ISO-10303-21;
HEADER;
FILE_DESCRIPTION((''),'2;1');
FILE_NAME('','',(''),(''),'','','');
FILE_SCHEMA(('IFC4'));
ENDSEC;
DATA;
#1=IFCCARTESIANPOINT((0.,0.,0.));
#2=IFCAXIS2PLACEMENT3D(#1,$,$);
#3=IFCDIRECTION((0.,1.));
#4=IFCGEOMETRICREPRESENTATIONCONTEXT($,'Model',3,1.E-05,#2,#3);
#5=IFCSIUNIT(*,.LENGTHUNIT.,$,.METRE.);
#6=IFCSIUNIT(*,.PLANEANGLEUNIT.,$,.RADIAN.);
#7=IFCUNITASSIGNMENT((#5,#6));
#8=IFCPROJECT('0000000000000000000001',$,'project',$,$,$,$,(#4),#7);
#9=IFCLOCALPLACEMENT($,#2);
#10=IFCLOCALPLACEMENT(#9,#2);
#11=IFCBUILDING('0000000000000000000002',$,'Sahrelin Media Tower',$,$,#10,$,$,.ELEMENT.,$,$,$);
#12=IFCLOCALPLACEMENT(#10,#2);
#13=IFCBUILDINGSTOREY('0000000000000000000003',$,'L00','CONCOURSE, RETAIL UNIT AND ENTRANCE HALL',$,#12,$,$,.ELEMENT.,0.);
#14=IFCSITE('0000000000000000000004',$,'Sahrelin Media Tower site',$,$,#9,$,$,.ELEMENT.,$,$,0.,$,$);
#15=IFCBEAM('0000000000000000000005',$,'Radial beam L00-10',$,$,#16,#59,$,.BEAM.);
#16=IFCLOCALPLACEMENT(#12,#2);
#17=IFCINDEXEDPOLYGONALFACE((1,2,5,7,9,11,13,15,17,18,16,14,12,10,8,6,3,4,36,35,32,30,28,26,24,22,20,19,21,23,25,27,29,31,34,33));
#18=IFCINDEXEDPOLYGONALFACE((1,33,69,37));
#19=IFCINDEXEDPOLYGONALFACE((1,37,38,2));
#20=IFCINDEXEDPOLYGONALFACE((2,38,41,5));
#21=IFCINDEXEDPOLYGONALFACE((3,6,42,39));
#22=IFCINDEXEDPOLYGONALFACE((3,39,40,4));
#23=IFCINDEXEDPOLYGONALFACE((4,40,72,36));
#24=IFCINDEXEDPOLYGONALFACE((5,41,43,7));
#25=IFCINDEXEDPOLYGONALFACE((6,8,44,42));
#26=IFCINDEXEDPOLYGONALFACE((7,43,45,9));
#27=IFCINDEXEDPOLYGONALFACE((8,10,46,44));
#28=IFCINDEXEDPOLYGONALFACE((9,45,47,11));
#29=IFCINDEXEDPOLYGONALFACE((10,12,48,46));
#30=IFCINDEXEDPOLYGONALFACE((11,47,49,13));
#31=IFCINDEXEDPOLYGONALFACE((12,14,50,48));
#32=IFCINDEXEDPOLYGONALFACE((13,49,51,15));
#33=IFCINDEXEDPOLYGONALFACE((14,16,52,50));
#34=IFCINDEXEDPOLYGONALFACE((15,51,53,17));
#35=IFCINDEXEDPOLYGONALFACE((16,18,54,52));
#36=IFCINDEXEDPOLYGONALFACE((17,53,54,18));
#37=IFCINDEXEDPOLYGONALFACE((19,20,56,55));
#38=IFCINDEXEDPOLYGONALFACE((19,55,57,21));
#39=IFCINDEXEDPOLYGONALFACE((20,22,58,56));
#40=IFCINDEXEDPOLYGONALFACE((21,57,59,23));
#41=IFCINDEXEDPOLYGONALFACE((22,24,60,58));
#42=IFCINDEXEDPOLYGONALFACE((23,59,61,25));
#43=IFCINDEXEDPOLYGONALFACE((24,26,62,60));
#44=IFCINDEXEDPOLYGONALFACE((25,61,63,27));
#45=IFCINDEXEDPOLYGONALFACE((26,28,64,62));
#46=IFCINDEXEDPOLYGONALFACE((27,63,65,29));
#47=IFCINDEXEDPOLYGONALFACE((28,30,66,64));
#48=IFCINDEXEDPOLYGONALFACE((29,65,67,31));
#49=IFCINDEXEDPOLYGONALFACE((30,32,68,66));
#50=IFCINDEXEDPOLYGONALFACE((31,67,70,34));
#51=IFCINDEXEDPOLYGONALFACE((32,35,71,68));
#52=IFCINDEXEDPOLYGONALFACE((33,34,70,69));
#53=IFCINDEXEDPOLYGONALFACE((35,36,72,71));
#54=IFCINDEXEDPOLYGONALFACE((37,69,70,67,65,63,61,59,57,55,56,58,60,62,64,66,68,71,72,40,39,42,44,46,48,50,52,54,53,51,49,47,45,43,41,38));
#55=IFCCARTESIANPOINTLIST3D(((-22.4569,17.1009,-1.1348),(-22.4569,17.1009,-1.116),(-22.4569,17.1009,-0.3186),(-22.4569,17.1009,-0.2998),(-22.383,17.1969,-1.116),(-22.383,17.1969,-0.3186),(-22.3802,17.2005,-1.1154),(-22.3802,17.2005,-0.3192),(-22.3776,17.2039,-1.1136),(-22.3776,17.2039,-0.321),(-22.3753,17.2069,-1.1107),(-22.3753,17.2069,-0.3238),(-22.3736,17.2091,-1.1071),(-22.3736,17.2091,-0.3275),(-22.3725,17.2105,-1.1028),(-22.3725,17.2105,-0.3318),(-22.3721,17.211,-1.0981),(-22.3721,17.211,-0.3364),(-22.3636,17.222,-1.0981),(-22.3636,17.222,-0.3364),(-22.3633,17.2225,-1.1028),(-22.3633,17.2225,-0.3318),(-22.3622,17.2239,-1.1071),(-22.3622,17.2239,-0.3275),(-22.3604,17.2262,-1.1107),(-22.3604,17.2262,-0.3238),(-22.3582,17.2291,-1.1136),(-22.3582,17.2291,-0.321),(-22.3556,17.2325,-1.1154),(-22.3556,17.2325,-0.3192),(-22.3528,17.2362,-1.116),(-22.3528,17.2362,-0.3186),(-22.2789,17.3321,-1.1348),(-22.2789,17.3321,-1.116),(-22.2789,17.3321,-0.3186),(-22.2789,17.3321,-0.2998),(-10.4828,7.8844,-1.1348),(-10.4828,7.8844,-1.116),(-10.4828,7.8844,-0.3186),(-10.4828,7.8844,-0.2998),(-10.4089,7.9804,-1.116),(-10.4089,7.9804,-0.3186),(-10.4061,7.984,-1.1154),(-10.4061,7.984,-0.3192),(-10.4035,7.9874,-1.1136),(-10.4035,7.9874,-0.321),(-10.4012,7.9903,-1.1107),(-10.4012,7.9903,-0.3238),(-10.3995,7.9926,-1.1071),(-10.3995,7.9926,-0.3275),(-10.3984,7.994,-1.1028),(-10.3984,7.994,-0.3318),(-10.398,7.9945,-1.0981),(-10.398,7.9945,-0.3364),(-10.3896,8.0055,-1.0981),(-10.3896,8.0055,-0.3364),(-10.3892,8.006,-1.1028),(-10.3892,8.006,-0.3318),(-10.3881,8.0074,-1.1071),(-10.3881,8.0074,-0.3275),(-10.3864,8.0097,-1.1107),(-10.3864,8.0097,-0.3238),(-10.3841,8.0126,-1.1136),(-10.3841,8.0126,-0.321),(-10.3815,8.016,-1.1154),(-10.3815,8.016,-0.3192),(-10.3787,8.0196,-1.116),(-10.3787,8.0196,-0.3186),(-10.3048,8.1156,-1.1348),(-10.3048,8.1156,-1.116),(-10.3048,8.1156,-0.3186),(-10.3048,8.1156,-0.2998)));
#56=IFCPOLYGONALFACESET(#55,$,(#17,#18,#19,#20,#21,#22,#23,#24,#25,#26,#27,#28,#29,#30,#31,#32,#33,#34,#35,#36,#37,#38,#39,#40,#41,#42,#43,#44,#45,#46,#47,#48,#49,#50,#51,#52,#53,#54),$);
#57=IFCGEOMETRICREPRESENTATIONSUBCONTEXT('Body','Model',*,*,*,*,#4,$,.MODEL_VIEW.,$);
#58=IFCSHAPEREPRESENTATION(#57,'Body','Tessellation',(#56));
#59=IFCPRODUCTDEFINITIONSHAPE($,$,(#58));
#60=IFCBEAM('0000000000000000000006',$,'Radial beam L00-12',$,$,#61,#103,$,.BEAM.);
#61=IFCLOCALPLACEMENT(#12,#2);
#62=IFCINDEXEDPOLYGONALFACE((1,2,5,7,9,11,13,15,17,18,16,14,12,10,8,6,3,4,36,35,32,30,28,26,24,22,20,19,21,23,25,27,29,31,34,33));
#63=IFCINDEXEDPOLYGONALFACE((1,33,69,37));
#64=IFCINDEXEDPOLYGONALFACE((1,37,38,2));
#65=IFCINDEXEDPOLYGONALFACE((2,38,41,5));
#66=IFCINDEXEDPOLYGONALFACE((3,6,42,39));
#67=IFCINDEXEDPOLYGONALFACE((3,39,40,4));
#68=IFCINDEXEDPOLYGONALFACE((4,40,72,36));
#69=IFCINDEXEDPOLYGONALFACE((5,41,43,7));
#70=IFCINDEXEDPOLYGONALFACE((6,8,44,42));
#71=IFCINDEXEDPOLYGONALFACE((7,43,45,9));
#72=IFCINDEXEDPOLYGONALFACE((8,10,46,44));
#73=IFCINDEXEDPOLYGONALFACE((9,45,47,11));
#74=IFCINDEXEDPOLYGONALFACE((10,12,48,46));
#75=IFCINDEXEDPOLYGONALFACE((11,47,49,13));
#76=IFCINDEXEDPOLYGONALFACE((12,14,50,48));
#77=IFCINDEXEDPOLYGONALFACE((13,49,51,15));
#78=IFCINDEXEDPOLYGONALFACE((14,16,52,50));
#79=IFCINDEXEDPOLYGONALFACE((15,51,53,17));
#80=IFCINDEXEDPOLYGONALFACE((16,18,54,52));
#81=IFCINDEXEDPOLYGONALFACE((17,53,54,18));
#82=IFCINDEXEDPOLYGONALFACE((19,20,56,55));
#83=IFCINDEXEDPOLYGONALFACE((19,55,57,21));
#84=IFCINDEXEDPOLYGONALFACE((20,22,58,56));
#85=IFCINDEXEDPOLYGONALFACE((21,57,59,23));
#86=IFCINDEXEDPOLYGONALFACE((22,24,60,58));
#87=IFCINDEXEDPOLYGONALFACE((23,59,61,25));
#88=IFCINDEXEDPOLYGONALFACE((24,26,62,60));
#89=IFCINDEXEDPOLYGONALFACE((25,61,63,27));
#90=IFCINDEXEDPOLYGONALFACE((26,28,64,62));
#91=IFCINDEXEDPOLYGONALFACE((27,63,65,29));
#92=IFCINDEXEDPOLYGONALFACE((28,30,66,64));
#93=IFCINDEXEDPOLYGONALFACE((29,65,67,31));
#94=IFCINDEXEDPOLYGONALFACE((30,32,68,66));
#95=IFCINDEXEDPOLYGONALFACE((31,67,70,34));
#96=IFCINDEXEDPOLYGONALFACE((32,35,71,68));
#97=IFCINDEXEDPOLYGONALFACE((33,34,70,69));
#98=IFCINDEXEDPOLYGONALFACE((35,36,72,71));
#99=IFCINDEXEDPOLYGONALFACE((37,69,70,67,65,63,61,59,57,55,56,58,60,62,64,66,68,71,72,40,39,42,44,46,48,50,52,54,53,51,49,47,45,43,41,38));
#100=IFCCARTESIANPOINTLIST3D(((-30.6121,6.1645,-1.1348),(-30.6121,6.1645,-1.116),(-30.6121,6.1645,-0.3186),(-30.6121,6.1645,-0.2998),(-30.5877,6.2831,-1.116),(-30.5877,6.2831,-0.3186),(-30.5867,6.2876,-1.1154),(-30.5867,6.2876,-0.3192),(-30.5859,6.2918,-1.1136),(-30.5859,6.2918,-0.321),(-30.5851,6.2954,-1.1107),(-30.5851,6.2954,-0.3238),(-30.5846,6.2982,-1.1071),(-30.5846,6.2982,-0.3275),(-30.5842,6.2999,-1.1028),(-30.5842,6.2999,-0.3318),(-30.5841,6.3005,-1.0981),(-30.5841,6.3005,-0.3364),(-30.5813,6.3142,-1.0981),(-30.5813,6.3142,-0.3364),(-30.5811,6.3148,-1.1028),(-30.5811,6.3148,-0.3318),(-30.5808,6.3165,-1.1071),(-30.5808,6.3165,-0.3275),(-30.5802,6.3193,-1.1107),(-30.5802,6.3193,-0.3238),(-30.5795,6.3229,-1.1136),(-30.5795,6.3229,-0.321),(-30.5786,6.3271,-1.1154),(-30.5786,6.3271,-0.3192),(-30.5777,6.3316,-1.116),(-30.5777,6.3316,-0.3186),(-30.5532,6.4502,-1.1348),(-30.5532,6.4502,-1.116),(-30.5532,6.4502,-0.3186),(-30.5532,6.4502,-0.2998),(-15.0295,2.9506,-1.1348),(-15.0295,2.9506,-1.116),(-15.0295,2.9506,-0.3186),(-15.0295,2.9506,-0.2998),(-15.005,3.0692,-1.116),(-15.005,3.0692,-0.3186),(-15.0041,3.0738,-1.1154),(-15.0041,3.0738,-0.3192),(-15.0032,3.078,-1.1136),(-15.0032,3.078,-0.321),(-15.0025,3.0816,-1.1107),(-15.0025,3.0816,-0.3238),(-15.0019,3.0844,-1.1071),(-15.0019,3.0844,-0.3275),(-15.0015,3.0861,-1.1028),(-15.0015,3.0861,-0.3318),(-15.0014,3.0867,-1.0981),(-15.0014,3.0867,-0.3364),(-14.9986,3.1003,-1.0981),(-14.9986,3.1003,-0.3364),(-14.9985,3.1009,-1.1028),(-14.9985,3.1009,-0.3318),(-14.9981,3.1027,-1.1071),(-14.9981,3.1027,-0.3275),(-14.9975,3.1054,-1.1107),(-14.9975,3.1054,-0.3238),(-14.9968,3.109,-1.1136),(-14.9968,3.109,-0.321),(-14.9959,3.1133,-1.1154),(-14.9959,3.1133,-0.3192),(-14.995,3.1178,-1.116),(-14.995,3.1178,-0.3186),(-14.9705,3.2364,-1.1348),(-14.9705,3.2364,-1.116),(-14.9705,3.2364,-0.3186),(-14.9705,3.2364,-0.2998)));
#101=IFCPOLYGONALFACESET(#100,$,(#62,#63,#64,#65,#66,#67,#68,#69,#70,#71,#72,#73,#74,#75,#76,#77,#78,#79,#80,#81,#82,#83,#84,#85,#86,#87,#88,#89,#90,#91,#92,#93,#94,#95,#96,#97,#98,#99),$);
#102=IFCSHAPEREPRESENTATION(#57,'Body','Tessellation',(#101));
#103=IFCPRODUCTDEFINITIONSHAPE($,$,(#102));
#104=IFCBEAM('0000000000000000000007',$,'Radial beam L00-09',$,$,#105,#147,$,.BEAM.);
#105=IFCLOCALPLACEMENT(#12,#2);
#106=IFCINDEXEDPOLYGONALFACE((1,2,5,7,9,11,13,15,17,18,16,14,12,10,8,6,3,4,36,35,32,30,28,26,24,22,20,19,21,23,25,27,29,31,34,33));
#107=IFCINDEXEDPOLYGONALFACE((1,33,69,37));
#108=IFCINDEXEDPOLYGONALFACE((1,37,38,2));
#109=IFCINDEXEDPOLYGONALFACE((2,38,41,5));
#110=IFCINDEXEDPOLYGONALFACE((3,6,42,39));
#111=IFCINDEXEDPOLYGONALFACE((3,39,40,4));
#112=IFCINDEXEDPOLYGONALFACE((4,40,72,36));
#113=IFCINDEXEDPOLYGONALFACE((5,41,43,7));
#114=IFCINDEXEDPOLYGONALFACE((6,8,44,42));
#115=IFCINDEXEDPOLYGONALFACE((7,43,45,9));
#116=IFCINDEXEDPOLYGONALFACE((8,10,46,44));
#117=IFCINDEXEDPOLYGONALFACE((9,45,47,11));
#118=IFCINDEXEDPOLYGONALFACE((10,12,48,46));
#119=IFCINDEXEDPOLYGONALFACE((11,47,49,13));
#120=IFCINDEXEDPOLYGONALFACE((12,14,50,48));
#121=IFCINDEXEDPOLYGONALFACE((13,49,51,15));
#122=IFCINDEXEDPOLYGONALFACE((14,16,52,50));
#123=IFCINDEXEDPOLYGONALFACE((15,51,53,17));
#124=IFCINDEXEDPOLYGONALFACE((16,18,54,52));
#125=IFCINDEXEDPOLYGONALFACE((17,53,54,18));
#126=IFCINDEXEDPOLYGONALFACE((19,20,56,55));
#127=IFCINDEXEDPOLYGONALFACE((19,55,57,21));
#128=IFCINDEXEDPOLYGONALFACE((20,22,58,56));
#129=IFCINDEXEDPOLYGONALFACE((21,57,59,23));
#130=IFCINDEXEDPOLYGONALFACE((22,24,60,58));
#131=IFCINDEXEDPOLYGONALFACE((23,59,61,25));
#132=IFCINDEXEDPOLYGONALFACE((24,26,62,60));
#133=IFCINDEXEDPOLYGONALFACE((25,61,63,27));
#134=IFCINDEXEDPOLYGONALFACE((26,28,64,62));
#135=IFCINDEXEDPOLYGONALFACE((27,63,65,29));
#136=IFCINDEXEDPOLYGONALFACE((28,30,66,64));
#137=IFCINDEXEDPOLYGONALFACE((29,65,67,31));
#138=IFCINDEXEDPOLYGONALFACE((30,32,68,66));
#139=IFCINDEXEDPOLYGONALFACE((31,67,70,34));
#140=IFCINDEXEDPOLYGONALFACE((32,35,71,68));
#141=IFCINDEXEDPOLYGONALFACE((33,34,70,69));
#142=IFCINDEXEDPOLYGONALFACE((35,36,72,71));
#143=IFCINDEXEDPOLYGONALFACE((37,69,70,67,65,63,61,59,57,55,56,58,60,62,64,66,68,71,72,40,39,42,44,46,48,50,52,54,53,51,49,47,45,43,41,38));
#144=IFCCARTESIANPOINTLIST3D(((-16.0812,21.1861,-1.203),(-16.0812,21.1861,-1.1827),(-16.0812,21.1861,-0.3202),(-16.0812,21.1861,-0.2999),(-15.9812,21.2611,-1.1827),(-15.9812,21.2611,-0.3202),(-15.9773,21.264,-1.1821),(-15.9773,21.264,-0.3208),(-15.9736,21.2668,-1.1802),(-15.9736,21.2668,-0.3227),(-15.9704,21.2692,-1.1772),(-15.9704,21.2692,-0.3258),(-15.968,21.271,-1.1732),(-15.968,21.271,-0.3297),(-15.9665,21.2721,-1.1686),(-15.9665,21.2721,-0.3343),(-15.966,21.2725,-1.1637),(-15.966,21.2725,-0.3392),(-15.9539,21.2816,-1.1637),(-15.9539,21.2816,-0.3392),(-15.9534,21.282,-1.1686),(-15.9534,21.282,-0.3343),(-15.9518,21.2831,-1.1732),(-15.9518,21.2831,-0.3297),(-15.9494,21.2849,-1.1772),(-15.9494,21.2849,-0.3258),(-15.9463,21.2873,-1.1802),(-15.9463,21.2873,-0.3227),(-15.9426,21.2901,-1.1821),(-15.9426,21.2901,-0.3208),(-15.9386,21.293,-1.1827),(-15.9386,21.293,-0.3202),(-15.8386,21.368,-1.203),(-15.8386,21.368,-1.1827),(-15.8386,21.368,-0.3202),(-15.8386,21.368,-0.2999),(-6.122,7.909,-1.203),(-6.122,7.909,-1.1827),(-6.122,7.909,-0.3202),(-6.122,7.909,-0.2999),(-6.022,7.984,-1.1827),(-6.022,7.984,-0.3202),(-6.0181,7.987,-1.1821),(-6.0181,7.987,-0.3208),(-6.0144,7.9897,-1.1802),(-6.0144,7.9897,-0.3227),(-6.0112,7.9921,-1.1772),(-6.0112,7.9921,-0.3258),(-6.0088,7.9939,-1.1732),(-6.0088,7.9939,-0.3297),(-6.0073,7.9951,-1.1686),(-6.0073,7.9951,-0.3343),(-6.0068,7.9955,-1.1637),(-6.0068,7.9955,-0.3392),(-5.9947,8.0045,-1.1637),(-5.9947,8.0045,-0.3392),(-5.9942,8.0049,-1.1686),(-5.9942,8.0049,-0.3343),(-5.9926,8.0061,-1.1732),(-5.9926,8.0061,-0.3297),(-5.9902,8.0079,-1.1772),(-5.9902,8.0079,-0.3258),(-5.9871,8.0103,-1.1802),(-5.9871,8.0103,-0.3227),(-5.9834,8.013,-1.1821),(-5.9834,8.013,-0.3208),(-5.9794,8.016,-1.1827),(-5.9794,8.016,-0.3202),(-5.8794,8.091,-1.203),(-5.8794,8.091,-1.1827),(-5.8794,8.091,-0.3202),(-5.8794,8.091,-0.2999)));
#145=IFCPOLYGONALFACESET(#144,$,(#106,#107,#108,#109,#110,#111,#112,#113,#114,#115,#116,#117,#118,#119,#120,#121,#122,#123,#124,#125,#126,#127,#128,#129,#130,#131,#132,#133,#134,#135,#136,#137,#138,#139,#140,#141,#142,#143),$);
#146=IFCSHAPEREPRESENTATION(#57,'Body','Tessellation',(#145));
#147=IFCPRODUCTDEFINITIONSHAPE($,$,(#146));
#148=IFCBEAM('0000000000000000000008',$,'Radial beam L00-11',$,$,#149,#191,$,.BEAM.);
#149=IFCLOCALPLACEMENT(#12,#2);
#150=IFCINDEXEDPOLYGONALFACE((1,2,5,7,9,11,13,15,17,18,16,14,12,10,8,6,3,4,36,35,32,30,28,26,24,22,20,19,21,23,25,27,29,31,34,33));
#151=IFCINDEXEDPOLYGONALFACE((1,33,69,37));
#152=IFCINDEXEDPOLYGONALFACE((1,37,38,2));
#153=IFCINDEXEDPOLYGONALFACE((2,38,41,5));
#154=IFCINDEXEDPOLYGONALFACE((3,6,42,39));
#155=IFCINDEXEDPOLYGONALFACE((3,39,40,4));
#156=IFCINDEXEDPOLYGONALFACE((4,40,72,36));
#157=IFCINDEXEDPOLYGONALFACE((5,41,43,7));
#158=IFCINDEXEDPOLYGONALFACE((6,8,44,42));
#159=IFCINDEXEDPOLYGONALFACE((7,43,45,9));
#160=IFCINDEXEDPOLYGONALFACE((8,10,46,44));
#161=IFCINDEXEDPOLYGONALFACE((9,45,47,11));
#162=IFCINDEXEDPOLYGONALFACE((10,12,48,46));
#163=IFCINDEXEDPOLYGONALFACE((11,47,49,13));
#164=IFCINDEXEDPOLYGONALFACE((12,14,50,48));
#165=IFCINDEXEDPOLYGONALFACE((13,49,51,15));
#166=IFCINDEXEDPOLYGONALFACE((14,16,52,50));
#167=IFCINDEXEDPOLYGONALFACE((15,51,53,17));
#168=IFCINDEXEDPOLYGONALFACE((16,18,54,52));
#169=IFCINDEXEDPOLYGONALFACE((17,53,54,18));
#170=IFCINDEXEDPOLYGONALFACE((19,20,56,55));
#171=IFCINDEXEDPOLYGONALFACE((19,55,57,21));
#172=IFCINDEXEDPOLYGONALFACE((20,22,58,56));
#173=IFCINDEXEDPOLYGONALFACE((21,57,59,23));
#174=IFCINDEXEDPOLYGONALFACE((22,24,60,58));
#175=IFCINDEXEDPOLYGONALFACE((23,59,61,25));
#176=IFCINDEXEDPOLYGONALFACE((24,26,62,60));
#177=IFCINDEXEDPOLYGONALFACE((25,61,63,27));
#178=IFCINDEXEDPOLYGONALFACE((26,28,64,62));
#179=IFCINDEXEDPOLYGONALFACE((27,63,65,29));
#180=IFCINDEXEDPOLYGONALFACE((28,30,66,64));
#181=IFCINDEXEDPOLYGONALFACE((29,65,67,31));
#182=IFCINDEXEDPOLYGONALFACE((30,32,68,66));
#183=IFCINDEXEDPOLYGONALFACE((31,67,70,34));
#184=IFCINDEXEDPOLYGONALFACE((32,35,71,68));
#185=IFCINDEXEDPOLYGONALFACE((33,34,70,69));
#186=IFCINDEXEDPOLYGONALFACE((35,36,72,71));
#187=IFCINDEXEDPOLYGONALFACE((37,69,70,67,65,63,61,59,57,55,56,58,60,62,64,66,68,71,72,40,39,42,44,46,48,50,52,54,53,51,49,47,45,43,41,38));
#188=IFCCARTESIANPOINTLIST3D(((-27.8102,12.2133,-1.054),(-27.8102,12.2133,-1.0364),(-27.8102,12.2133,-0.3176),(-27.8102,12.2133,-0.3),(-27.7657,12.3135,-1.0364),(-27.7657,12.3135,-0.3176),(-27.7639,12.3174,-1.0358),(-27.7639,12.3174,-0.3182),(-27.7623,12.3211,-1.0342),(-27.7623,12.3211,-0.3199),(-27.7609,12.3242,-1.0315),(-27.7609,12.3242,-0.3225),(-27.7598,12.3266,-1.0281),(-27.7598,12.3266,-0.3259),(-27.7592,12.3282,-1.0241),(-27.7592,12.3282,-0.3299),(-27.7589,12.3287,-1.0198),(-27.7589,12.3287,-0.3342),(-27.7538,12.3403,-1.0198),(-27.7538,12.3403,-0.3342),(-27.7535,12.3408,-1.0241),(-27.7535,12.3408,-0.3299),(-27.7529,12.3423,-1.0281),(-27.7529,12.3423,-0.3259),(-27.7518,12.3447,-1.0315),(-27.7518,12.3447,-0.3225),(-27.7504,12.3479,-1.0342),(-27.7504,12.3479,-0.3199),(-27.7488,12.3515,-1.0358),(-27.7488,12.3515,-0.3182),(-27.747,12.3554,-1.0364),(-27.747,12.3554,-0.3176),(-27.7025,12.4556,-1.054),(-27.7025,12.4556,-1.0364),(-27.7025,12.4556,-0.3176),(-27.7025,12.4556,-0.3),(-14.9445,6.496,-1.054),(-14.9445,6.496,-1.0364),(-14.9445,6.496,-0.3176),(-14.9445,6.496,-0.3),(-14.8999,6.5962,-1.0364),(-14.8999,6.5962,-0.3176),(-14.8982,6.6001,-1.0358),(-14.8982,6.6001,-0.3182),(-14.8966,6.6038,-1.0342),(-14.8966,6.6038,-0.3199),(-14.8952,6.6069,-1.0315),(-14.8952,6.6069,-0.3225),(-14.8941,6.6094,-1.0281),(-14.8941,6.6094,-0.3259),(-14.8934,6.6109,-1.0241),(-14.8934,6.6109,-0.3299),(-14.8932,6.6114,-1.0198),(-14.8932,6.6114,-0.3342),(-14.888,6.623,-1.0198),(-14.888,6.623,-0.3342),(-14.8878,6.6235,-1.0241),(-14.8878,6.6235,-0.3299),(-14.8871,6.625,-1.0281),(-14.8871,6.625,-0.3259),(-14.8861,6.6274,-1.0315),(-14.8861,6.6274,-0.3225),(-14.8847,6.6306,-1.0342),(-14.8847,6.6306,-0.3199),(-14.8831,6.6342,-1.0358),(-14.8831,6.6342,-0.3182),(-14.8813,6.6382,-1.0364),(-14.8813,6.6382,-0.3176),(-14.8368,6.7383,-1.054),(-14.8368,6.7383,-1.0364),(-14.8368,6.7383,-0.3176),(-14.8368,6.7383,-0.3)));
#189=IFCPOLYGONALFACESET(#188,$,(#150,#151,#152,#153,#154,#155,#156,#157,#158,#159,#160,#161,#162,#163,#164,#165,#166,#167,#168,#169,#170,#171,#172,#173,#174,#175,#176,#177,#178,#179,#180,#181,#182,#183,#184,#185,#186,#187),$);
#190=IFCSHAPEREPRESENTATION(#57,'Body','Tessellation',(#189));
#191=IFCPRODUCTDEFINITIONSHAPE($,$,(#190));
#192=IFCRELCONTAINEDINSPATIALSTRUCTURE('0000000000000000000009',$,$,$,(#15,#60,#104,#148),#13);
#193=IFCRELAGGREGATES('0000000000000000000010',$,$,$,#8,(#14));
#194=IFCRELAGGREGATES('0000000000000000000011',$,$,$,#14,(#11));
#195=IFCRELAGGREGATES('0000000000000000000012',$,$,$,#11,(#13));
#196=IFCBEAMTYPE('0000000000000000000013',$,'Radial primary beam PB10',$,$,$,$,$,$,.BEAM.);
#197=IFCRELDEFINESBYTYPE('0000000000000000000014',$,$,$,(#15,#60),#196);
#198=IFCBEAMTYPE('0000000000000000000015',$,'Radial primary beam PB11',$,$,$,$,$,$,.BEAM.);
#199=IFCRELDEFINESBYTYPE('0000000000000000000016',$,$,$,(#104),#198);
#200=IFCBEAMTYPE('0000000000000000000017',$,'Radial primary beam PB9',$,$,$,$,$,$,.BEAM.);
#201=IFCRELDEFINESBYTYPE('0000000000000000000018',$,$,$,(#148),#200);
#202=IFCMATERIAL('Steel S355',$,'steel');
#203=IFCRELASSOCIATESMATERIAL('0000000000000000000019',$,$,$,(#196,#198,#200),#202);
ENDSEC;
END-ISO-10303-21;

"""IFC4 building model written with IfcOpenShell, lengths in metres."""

from ifc_helpers import new_model, si_unit, direction, frame, origin, origin_2d, place, context, subcontext, project, spatial, i_section, extrude, material, material_profile, profile_set, type_object, element, save


model = new_model("IFC4")

# Units and contexts
model_context = context("Model", 3, precision=1e-05, world=origin(), true_north=direction((0.0, 1.0)))
body_context = subcontext(model_context, "Body", "Model", "MODEL_VIEW")
ifc_project = project(units=[si_unit("LENGTHUNIT", "METRE"), si_unit("PLANEANGLEUNIT", "RADIAN")], contexts=[model_context])

# Site, building, storey
site_placement = place(None, origin())
site = spatial("IfcSite", under=ifc_project, at=site_placement, Name="Sahrelin Media Tower site", CompositionType="ELEMENT", RefElevation=0.0)
building_placement = place(site_placement, origin())
building = spatial("IfcBuilding", under=site, at=building_placement, Name="Sahrelin Media Tower", CompositionType="ELEMENT")
storey_placement = place(building_placement, origin())
storey = spatial("IfcBuildingStorey", under=building, at=storey_placement, Name="L00", Description="CONCOURSE, RETAIL UNIT AND ENTRANCE HALL", CompositionType="ELEMENT", Elevation=0.0)

# Beams
ifc_material_1 = material(Name="Steel S355", Category="steel")
ifc_material_profile_1 = material_profile(ifc_material_1, i_section(OverallWidth=0.2917, OverallDepth=0.835, WebThickness=0.0139, FlangeThickness=0.0188, FilletRadius=0.0178, at=origin_2d()), Name="UB 838x292x176")
ifc_profile_set_1 = profile_set([ifc_material_profile_1], Name="Steel S355")
beam_type_1 = type_object("IfcBeamType", Name="Radial primary beam PB10", PredefinedType="BEAM", material=ifc_profile_set_1)
beam_1_placement = place(storey_placement, frame((-10.3938, 8.0, -0.7173), z_axis=(-0.792442, 0.609947, 0.0), x_axis=(-0.609947, -0.792442, 0.0)))
element("IfcBeam", 1, at=beam_1_placement, inside=storey, type_object=beam_type_1, Name="Radial beam L00-10", PredefinedType="BEAM", context=body_context, shape_type="SweptSolid", body=[
    extrude(i_section(OverallWidth=0.2917, OverallDepth=0.835, WebThickness=0.0139, FlangeThickness=0.0188, FilletRadius=0.0178, at=origin_2d()), origin(), (0.0, 0.0, 1.0), 15.1104),
])
beam_2_placement = place(storey_placement, frame((-15.0, 3.0935, -0.7173), z_axis=(-0.979387, 0.201994, 0.0), x_axis=(-0.201994, -0.979387, 0.0)))
element("IfcBeam", 2, at=beam_2_placement, inside=storey, type_object=beam_type_1, Name="Radial beam L00-12", PredefinedType="BEAM", context=body_context, shape_type="SweptSolid", body=[
    extrude(i_section(OverallWidth=0.2917, OverallDepth=0.835, WebThickness=0.0139, FlangeThickness=0.0188, FilletRadius=0.0178, at=origin_2d()), origin(), (0.0, 0.0, 1.0), 15.9106),
])
ifc_material_profile_2 = material_profile(ifc_material_1, i_section(OverallWidth=0.3032, OverallDepth=0.9031, WebThickness=0.0151, FlangeThickness=0.0203, FilletRadius=0.019, at=origin_2d()), Name="UB 914x305x201")
ifc_profile_set_2 = profile_set([ifc_material_profile_2], Name="Steel S355")
beam_type_2 = type_object("IfcBeamType", Name="Radial primary beam PB11", PredefinedType="BEAM", material=ifc_profile_set_2)
beam_3_placement = place(storey_placement, frame((-6.0007, 8.0, -0.7515), z_axis=(-0.600054, 0.799959, 0.0), x_axis=(-0.799959, -0.600054, 0.0)))
element("IfcBeam", 3, at=beam_3_placement, inside=storey, type_object=beam_type_2, Name="Radial beam L00-09", PredefinedType="BEAM", context=body_context, shape_type="SweptSolid", body=[
    extrude(i_section(OverallWidth=0.3032, OverallDepth=0.9031, WebThickness=0.0151, FlangeThickness=0.0203, FilletRadius=0.019, at=origin_2d()), origin(), (0.0, 0.0, 1.0), 16.5972),
])
ifc_material_profile_3 = material_profile(ifc_material_1, i_section(OverallWidth=0.2651, OverallDepth=0.7539, WebThickness=0.0127, FlangeThickness=0.0176, FilletRadius=0.0166, at=origin_2d()), Name="UB 762x267x147")
ifc_profile_set_3 = profile_set([ifc_material_profile_3], Name="Steel S355")
beam_type_3 = type_object("IfcBeamType", Name="Radial primary beam PB9", PredefinedType="BEAM", material=ifc_profile_set_3)
beam_4_placement = place(storey_placement, frame((-14.8906, 6.6172, -0.677), z_axis=(-0.913833, 0.40609, 0.0), x_axis=(-0.40609, -0.913833, 0.0)))
element("IfcBeam", 4, at=beam_4_placement, inside=storey, type_object=beam_type_3, Name="Radial beam L00-11", PredefinedType="BEAM", context=body_context, shape_type="SweptSolid", body=[
    extrude(i_section(OverallWidth=0.2651, OverallDepth=0.7539, WebThickness=0.0127, FlangeThickness=0.0176, FilletRadius=0.0166, at=origin_2d()), origin(), (0.0, 0.0, 1.0), 14.0789),
])

save(model, "model.ifc")
